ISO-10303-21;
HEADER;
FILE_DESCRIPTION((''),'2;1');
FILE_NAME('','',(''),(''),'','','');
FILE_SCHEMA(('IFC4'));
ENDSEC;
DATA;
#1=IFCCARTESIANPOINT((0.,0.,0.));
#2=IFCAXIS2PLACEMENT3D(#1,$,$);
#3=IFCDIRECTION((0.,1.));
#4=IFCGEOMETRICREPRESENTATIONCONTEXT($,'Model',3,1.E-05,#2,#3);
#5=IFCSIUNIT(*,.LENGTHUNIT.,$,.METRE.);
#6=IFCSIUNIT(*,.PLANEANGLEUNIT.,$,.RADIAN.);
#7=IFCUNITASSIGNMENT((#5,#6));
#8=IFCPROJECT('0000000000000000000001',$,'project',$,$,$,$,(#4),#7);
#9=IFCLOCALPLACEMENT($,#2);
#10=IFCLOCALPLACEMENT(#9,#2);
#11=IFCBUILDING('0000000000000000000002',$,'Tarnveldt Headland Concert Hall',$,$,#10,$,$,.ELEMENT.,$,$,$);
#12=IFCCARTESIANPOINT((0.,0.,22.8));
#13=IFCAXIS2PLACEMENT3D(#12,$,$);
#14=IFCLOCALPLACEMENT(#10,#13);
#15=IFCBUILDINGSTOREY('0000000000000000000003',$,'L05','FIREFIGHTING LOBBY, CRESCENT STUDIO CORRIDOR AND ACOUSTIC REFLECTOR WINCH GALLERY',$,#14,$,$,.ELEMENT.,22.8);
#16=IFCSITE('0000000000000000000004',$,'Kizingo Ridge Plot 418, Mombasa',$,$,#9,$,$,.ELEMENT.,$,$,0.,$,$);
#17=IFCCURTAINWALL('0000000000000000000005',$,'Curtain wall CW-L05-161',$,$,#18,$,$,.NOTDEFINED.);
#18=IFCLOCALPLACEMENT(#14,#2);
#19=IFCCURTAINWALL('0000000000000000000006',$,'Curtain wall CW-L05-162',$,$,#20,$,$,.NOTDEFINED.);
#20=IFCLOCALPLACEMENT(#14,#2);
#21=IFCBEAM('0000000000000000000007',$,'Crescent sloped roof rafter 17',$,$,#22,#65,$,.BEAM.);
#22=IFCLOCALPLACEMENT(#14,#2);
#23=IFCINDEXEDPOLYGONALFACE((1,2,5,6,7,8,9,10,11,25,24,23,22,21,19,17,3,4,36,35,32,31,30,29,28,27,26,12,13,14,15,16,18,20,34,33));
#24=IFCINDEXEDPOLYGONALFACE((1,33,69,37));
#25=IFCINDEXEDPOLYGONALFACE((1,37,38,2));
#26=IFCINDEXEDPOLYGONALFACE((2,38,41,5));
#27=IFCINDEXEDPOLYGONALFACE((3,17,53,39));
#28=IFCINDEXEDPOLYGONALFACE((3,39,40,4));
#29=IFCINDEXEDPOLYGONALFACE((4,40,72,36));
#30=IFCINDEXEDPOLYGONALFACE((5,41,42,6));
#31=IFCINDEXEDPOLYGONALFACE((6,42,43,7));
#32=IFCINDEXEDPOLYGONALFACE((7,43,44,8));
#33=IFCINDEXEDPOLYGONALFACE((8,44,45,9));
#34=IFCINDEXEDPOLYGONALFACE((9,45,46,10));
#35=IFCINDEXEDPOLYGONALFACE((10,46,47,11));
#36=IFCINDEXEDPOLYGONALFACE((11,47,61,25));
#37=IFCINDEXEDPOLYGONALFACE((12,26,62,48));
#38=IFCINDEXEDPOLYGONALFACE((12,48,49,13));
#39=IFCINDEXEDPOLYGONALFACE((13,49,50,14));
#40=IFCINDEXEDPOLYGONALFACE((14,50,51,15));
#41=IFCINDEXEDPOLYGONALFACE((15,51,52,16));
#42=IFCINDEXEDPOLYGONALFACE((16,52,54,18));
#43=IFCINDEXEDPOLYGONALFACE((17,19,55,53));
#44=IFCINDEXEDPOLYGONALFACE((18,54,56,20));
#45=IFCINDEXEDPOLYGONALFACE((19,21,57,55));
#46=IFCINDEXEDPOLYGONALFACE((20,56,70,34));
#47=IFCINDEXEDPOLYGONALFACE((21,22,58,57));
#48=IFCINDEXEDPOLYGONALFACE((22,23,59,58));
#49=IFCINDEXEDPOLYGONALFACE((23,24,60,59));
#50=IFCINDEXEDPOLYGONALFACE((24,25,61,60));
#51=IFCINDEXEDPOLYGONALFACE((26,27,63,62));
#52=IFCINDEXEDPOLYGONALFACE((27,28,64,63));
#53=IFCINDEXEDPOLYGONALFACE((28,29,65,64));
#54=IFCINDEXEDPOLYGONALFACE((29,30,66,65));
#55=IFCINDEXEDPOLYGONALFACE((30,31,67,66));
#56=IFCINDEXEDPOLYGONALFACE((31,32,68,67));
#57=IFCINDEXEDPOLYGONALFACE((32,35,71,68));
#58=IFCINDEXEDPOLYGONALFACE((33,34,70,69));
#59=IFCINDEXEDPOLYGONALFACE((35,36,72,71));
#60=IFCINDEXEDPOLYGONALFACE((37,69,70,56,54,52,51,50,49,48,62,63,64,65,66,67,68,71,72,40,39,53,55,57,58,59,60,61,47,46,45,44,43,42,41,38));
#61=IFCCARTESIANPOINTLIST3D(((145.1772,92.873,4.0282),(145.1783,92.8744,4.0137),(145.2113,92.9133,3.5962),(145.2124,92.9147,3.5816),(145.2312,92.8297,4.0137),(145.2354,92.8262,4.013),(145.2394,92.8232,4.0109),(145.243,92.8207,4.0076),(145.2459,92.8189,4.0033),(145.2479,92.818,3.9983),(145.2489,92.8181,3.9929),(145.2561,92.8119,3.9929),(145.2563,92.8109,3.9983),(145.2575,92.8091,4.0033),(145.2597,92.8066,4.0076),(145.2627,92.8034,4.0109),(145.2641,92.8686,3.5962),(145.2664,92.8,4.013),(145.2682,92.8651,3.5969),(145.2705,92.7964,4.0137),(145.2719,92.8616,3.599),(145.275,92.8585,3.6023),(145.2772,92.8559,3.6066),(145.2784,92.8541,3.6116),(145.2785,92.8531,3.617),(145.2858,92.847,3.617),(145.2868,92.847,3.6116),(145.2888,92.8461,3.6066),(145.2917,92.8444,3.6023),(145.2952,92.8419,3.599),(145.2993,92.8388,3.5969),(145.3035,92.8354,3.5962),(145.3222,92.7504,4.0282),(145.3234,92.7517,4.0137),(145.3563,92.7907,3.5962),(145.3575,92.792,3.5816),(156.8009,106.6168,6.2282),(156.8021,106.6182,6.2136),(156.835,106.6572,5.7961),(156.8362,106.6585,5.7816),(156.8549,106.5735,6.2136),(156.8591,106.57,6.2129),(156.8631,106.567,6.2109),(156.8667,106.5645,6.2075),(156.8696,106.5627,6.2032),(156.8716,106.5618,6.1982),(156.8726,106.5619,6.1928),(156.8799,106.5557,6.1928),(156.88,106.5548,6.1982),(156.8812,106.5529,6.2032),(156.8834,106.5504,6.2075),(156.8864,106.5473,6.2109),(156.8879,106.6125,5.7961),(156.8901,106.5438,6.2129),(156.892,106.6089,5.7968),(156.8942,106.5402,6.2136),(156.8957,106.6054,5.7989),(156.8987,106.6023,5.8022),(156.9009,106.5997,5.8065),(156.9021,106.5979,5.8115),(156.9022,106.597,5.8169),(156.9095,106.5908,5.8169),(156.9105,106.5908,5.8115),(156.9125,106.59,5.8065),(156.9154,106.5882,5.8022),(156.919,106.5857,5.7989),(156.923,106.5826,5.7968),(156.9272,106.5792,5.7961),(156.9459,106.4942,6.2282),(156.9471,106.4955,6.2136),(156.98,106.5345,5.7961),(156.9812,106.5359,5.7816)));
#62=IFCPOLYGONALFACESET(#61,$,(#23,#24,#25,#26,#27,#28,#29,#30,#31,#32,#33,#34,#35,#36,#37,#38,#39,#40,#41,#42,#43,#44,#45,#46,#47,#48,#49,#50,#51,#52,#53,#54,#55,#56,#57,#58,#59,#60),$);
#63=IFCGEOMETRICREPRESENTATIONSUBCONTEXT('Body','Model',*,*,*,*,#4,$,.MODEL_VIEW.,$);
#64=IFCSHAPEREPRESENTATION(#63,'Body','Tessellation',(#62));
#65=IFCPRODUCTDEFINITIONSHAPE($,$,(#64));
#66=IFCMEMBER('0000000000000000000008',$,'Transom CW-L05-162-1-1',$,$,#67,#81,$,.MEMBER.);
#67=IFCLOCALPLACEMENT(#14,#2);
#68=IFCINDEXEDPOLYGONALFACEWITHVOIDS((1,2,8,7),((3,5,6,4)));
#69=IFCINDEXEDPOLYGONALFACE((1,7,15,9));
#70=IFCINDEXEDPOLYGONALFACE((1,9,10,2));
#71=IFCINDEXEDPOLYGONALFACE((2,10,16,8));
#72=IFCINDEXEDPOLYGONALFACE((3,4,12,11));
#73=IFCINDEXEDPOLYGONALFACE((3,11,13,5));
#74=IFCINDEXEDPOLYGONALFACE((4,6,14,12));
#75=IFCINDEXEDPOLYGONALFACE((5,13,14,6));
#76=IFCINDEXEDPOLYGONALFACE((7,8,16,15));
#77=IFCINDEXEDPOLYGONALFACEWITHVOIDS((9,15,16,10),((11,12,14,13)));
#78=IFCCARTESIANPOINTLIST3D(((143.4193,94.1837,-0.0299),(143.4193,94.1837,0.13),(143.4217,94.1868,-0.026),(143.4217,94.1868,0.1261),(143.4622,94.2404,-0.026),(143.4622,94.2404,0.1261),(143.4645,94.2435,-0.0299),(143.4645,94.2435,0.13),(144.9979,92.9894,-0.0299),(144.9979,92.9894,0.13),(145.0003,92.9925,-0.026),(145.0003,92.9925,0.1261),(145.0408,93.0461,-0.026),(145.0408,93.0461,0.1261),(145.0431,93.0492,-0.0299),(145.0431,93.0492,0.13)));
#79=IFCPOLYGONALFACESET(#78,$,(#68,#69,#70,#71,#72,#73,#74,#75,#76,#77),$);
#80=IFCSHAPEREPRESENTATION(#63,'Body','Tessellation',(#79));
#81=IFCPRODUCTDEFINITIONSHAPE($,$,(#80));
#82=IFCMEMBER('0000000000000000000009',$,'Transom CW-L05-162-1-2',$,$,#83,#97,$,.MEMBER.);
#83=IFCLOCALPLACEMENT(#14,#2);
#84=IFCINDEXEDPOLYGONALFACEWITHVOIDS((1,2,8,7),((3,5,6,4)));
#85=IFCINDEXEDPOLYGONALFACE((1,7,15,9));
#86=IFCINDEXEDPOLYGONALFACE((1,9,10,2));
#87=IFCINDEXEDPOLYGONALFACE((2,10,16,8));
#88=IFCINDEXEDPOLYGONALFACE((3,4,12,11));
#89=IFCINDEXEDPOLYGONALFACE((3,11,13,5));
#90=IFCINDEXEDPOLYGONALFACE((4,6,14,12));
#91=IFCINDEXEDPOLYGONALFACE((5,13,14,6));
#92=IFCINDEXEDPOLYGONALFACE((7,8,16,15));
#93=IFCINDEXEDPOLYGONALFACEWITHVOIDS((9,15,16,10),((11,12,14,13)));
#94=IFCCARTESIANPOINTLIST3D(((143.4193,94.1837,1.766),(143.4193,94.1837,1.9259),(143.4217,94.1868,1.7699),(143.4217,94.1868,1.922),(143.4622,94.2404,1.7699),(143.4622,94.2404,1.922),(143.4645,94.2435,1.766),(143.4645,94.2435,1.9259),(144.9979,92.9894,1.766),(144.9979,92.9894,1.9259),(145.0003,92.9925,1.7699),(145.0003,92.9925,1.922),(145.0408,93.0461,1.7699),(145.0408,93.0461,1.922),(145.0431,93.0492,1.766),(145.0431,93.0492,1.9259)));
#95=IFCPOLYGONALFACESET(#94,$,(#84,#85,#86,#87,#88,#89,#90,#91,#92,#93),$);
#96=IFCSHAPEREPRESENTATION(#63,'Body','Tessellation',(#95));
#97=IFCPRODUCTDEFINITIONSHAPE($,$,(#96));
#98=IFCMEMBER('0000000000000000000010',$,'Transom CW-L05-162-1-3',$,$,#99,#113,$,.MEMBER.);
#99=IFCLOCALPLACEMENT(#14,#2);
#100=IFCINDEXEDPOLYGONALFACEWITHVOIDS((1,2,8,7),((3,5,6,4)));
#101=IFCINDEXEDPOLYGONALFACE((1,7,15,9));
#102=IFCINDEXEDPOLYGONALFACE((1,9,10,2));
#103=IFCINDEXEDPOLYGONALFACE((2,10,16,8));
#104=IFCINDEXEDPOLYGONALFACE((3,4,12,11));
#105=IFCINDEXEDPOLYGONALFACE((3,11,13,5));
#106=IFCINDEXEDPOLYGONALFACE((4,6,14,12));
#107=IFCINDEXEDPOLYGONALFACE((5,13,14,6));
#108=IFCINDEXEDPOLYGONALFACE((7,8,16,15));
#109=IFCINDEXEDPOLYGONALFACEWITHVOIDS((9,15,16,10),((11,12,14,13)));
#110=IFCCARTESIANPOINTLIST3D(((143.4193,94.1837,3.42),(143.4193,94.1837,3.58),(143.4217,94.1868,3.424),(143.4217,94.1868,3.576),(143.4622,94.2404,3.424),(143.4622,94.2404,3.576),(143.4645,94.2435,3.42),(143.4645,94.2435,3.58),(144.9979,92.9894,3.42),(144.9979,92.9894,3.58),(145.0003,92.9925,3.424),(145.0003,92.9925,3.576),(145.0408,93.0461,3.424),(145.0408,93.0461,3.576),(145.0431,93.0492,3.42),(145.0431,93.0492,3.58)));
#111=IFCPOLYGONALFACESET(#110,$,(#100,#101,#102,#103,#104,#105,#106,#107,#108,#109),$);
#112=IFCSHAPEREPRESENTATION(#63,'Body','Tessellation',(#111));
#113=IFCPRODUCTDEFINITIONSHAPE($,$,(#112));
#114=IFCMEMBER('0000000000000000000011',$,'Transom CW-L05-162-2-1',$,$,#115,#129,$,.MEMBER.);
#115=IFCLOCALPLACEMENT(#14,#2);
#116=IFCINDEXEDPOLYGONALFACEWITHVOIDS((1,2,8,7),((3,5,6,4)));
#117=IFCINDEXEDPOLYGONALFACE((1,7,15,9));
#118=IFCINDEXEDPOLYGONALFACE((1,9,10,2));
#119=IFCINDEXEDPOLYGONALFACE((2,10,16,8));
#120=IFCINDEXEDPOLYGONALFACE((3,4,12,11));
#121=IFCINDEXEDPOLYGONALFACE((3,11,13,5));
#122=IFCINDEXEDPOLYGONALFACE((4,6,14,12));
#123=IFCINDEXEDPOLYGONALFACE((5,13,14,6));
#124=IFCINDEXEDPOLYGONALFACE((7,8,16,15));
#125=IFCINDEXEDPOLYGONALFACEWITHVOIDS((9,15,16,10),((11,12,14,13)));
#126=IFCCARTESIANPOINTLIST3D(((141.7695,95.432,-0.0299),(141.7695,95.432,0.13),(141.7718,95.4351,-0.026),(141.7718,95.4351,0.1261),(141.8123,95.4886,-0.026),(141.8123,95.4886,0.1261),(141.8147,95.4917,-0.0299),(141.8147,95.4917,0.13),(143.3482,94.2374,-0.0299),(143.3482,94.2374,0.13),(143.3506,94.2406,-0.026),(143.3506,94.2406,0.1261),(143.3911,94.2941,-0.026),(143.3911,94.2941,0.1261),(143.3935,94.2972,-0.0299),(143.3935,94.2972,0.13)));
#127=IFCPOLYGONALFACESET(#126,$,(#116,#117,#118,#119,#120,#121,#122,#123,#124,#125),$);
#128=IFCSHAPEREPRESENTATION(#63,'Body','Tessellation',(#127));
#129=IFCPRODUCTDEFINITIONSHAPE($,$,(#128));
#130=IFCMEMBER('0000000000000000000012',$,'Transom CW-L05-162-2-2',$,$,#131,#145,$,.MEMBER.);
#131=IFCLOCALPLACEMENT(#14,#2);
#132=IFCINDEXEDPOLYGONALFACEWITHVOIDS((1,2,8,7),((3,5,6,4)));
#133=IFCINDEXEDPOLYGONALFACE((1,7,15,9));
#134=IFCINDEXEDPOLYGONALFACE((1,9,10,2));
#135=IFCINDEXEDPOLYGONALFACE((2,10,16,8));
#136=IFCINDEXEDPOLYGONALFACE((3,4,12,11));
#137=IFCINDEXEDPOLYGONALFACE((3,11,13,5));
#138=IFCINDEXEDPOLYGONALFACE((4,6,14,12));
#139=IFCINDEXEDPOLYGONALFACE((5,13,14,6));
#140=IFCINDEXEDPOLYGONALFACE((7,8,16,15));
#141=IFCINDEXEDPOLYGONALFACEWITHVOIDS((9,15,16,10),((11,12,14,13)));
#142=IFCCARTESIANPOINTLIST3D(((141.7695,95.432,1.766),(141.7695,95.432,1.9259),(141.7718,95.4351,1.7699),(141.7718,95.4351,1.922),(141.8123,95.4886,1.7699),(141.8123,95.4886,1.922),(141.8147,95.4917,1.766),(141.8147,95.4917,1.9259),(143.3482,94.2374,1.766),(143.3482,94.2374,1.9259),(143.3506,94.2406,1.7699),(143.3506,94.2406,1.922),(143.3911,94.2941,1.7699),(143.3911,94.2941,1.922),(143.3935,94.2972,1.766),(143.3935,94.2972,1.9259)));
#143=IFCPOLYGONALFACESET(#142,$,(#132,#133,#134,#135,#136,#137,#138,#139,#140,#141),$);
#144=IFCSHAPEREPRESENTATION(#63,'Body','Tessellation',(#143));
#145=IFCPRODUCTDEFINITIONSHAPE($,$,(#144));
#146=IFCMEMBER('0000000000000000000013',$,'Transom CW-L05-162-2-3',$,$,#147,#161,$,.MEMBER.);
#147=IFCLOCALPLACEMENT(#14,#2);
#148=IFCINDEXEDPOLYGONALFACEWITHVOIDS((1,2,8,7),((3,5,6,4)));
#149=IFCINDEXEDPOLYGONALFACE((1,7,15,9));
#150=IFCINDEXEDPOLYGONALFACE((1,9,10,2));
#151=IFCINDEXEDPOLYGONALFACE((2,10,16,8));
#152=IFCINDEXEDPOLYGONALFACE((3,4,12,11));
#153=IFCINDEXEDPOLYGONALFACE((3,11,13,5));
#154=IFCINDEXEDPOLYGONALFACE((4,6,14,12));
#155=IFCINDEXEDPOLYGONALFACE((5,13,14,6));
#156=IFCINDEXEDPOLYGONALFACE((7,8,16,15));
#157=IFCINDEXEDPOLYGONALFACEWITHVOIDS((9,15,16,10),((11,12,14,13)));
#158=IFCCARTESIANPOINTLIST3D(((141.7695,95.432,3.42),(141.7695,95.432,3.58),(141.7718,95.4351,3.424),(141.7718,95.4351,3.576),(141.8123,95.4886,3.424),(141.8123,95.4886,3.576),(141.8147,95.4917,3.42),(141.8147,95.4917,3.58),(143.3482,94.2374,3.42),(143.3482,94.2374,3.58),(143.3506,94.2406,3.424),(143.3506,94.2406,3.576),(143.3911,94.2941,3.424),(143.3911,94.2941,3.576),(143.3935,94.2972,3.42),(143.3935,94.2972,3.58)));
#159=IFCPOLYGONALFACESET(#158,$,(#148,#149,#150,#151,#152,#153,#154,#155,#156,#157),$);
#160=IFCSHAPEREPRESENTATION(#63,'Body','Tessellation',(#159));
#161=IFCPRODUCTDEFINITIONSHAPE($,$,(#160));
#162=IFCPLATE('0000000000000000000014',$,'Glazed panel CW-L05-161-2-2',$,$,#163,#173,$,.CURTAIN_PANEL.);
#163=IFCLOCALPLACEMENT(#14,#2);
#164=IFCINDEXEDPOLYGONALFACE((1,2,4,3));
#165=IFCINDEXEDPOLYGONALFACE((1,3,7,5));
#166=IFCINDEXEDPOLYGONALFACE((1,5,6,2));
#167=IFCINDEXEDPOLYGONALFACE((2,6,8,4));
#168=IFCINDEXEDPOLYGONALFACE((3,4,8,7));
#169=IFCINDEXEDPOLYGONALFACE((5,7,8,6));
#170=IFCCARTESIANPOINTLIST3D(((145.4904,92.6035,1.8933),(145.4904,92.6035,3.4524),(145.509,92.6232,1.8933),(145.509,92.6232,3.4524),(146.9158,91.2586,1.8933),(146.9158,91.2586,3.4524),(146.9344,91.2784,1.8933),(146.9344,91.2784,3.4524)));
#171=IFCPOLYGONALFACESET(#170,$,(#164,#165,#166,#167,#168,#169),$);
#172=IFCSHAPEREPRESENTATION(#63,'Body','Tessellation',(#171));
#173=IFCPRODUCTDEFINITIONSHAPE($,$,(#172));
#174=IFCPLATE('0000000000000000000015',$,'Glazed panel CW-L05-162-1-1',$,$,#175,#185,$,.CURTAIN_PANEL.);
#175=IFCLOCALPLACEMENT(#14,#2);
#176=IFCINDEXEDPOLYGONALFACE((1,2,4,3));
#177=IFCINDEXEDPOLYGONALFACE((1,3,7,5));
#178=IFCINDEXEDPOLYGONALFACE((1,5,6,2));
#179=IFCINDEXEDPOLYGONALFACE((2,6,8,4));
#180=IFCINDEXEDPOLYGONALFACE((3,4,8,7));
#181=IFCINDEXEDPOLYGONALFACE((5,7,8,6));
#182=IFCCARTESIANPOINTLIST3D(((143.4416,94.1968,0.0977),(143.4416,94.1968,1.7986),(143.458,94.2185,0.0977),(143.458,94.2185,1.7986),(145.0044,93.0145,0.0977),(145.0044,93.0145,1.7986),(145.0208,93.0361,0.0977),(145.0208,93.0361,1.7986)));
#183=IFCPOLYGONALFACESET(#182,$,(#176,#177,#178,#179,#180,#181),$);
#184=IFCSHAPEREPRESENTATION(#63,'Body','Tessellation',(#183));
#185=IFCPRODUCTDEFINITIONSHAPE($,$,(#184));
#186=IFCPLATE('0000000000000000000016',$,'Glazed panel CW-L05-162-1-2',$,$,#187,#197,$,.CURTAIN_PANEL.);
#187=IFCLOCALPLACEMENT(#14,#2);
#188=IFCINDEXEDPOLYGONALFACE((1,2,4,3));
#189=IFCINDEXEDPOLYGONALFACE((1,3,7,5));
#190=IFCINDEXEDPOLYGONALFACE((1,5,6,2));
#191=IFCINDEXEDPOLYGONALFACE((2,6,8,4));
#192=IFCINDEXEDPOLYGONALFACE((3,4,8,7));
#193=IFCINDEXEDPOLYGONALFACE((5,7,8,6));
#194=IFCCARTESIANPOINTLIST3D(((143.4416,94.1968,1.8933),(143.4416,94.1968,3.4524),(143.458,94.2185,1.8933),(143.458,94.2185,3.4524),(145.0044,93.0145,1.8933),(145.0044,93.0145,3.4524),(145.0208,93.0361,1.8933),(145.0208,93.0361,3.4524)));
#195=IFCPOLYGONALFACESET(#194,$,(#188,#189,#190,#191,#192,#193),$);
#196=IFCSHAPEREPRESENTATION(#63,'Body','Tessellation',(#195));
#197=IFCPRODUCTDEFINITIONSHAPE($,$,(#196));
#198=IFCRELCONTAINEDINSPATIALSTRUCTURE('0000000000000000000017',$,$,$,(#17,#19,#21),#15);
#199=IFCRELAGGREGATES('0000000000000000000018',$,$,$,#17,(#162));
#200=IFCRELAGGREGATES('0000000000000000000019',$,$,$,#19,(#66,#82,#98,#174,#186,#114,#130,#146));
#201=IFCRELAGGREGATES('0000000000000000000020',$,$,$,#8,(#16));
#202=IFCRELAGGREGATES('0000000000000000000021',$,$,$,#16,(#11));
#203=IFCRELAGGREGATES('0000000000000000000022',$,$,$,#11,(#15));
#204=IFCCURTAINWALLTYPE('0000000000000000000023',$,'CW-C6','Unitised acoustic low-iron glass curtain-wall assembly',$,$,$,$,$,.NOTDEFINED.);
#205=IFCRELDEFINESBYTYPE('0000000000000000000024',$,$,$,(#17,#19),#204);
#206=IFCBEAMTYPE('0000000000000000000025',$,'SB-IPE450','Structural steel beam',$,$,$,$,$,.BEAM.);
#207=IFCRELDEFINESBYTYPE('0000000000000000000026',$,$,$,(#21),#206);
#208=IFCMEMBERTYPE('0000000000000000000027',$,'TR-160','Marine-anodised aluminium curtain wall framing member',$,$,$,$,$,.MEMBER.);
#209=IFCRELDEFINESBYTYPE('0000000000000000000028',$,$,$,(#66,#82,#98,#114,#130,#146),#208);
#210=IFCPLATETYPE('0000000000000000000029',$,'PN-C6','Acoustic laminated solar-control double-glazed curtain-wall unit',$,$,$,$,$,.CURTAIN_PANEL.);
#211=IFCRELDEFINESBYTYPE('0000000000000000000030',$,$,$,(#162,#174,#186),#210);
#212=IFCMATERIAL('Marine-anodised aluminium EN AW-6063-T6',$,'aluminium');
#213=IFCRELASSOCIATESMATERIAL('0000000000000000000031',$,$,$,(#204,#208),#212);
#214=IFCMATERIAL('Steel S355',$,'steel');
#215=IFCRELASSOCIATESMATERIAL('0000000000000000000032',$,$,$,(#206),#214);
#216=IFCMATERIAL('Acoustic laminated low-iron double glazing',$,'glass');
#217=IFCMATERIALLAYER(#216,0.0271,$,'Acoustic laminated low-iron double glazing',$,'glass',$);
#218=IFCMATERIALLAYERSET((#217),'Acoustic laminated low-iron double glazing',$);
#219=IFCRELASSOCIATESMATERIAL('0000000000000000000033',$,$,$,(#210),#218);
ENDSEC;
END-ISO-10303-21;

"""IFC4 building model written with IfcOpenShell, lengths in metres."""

from ifc_helpers import new_model, si_unit, direction, frame, origin, origin_2d, place, context, subcontext, project, spatial, rectangle, hollow_rectangle, i_section, extrude, material, layer, layer_set, material_profile, profile_set, type_object, element, aggregate, save


model = new_model("IFC4")

# Units and contexts
model_context = context("Model", 3, precision=1e-05, world=origin(), true_north=direction((0.0, 1.0)))
body_context = subcontext(model_context, "Body", "Model", "MODEL_VIEW")
ifc_project = project(units=[si_unit("LENGTHUNIT", "METRE"), si_unit("PLANEANGLEUNIT", "RADIAN")], contexts=[model_context])

# Site, building, storey
site_placement = place(None, origin())
site = spatial("IfcSite", under=ifc_project, at=site_placement, Name="Kizingo Ridge Plot 418, Mombasa", CompositionType="ELEMENT", RefElevation=0.0)
building_placement = place(site_placement, origin())
building = spatial("IfcBuilding", under=site, at=building_placement, Name="Tarnveldt Headland Concert Hall", CompositionType="ELEMENT")
storey_placement = place(building_placement, frame((0.0, 0.0, 22.8)))
storey = spatial("IfcBuildingStorey", under=building, at=storey_placement, Name="L05", Description="FIREFIGHTING LOBBY, CRESCENT STUDIO CORRIDOR AND ACOUSTIC REFLECTOR WINCH GALLERY", CompositionType="ELEMENT", Elevation=22.8)

# Shared definitions
ifc_material_1 = material(Name="Steel S355", Category="steel")

# Curtain wall
ifc_material_2 = material(Name="Marine-anodised aluminium EN AW-6063-T6", Category="aluminium")
curtain_wall_type = type_object("IfcCurtainWallType", Name="CW-C6", Description="Unitised acoustic low-iron glass curtain-wall assembly", PredefinedType="NOTDEFINED", material=ifc_material_2)
curtain_wall_1_placement = place(storey_placement, origin())
curtain_wall_1 = element("IfcCurtainWall", 1, at=curtain_wall_1_placement, inside=storey, type_object=curtain_wall_type, Name="Curtain wall CW-L05-161", PredefinedType="NOTDEFINED")

# Curtain wall
curtain_wall_2_placement = place(storey_placement, origin())
curtain_wall_2 = element("IfcCurtainWall", 2, at=curtain_wall_2_placement, inside=storey, type_object=curtain_wall_type, Name="Curtain wall CW-L05-162", PredefinedType="NOTDEFINED")

# Beam
ifc_material_profile_1 = material_profile(ifc_material_1, i_section(OverallWidth=0.1899, OverallDepth=0.45, WebThickness=0.0095, FlangeThickness=0.0146, FilletRadius=0.021, at=origin_2d()), Name="IPE450", Category="steel")
ifc_profile_set_1 = profile_set([ifc_material_profile_1], Name="Steel S355")
beam_type_1 = type_object("IfcBeamType", Name="SB-IPE450", Description="Structural steel beam", PredefinedType="BEAM", material=ifc_profile_set_1)
beam_1_placement = place(storey_placement, frame((145.2673, 92.8325, 3.8049), z_axis=(0.640989, 0.757902, 0.121315), x_axis=(-0.763542, 0.645759, 0.0)))
element("IfcBeam", 3, at=beam_1_placement, inside=storey, type_object=beam_type_1, Name="Crescent sloped roof rafter 17", PredefinedType="BEAM", context=body_context, shape_type="SweptSolid", body=[
    extrude(i_section(OverallWidth=0.1899, OverallDepth=0.45, WebThickness=0.0095, FlangeThickness=0.0146, FilletRadius=0.021, at=origin_2d()), origin(), (0.0, 0.0, 1.0), 18.134),
])

# Members
ifc_material_profile_2 = material_profile(ifc_material_2, hollow_rectangle(XDim=0.075, YDim=0.1599, WallThickness=0.0039, at=origin_2d()), Name="ALU TRANSOM 75x160x4", Category="aluminium")
ifc_profile_set_2 = profile_set([ifc_material_profile_2], Name="Marine-anodised aluminium EN AW-6063-T6")
member_type_1 = type_object("IfcMemberType", Name="TR-160", Description="Marine-anodised aluminium curtain wall framing member", PredefinedType="MEMBER", material=ifc_profile_set_2)
member_1_placement = place(storey_placement, frame((145.0205, 93.0193, 0.05), z_axis=(-0.797477, 0.603349, 0.0), x_axis=(-0.603349, -0.797477, 0.0)))
member_1 = element("IfcMember", 4, at=member_1_placement, type_object=member_type_1, Name="Transom CW-L05-162-1-1", PredefinedType="MEMBER", context=body_context, shape_type="SweptSolid", body=[
    extrude(hollow_rectangle(XDim=0.075, YDim=0.1599, WallThickness=0.0039, at=origin_2d()), origin(), (0.0, 0.0, 1.0), 1.9795),
])
member_2_placement = place(storey_placement, frame((145.0205, 93.0193, 1.8459), z_axis=(-0.797477, 0.603349, 0.0), x_axis=(-0.603349, -0.797477, 0.0)))
member_2 = element("IfcMember", 5, at=member_2_placement, type_object=member_type_1, Name="Transom CW-L05-162-1-2", PredefinedType="MEMBER", context=body_context, shape_type="SweptSolid", body=[
    extrude(hollow_rectangle(XDim=0.075, YDim=0.1599, WallThickness=0.0039, at=origin_2d()), origin(), (0.0, 0.0, 1.0), 1.9795),
])
member_3_placement = place(storey_placement, frame((145.0205, 93.0193, 3.5), z_axis=(-0.797477, 0.603349, 0.0), x_axis=(-0.603349, -0.797477, 0.0)))
member_3 = element("IfcMember", 6, at=member_3_placement, type_object=member_type_1, Name="Transom CW-L05-162-1-3", PredefinedType="MEMBER", context=body_context, shape_type="SweptSolid", body=[
    extrude(hollow_rectangle(XDim=0.075, YDim=0.1599, WallThickness=0.0039, at=origin_2d()), origin(), (0.0, 0.0, 1.0), 1.9795),
])
member_4_placement = place(storey_placement, frame((143.3708, 94.2673, 0.05), z_axis=(-0.797463, 0.603368, 0.0), x_axis=(-0.603368, -0.797463, 0.0)))
member_4 = element("IfcMember", 7, at=member_4_placement, type_object=member_type_1, Name="Transom CW-L05-162-2-1", PredefinedType="MEMBER", context=body_context, shape_type="SweptSolid", body=[
    extrude(hollow_rectangle(XDim=0.075, YDim=0.1599, WallThickness=0.0039, at=origin_2d()), origin(), (0.0, 0.0, 1.0), 1.9797),
])
member_5_placement = place(storey_placement, frame((143.3708, 94.2673, 1.8459), z_axis=(-0.797463, 0.603368, 0.0), x_axis=(-0.603368, -0.797463, 0.0)))
member_5 = element("IfcMember", 8, at=member_5_placement, type_object=member_type_1, Name="Transom CW-L05-162-2-2", PredefinedType="MEMBER", context=body_context, shape_type="SweptSolid", body=[
    extrude(hollow_rectangle(XDim=0.075, YDim=0.1599, WallThickness=0.0039, at=origin_2d()), origin(), (0.0, 0.0, 1.0), 1.9797),
])
member_6_placement = place(storey_placement, frame((143.3708, 94.2673, 3.5), z_axis=(-0.797463, 0.603368, 0.0), x_axis=(-0.603368, -0.797463, 0.0)))
member_6 = element("IfcMember", 9, at=member_6_placement, type_object=member_type_1, Name="Transom CW-L05-162-2-3", PredefinedType="MEMBER", context=body_context, shape_type="SweptSolid", body=[
    extrude(hollow_rectangle(XDim=0.075, YDim=0.1599, WallThickness=0.0039, at=origin_2d()), origin(), (0.0, 0.0, 1.0), 1.9797),
])

# Plates
ifc_material_3 = material(Name="Acoustic laminated low-iron double glazing", Category="glass")
ifc_layer_1 = layer(ifc_material_3, 0.0271, Name="Acoustic laminated low-iron double glazing", Category="glass")
ifc_layer_set_1 = layer_set([ifc_layer_1], Name="Acoustic laminated low-iron double glazing")
plate_type = type_object("IfcPlateType", Name="PN-C6", Description="Acoustic laminated solar-control double-glazed curtain-wall unit", PredefinedType="CURTAIN_PANEL", material=ifc_layer_set_1)
plate_1_placement = place(storey_placement, frame((146.2124, 91.9409, 1.8933), z_axis=(0.0, 0.0, 1.0), x_axis=(-0.727378, 0.686237, 0.0)))
plate_1 = element("IfcPlate", 10, at=plate_1_placement, type_object=plate_type, Name="Glazed panel CW-L05-161-2-2", PredefinedType="CURTAIN_PANEL", context=body_context, shape_type="SweptSolid", body=[
    extrude(rectangle(XDim=1.9597, YDim=0.0271, at=origin_2d()), origin(), (0.0, 0.0, 1.0), 1.5591),
])
aggregate(curtain_wall_1, [plate_1])
plate_2_placement = place(storey_placement, frame((144.2312, 93.6165, 0.0977), z_axis=(0.0, 0.0, 1.0), x_axis=(-0.797479, 0.603347, 0.0)))
plate_2 = element("IfcPlate", 11, at=plate_2_placement, type_object=plate_type, Name="Glazed panel CW-L05-162-1-1", PredefinedType="CURTAIN_PANEL", context=body_context, shape_type="SweptSolid", body=[
    extrude(rectangle(XDim=1.9597, YDim=0.0271, at=origin_2d()), origin(), (0.0, 0.0, 1.0), 1.7009),
])
plate_3_placement = place(storey_placement, frame((144.2312, 93.6165, 1.8933), z_axis=(0.0, 0.0, 1.0), x_axis=(-0.797479, 0.603347, 0.0)))
plate_3 = element("IfcPlate", 12, at=plate_3_placement, type_object=plate_type, Name="Glazed panel CW-L05-162-1-2", PredefinedType="CURTAIN_PANEL", context=body_context, shape_type="SweptSolid", body=[
    extrude(rectangle(XDim=1.9597, YDim=0.0271, at=origin_2d()), origin(), (0.0, 0.0, 1.0), 1.5591),
])
aggregate(curtain_wall_2, [member_1, member_2, member_3, plate_2, plate_3, member_4, member_5, member_6])

save(model, "model.ifc")
